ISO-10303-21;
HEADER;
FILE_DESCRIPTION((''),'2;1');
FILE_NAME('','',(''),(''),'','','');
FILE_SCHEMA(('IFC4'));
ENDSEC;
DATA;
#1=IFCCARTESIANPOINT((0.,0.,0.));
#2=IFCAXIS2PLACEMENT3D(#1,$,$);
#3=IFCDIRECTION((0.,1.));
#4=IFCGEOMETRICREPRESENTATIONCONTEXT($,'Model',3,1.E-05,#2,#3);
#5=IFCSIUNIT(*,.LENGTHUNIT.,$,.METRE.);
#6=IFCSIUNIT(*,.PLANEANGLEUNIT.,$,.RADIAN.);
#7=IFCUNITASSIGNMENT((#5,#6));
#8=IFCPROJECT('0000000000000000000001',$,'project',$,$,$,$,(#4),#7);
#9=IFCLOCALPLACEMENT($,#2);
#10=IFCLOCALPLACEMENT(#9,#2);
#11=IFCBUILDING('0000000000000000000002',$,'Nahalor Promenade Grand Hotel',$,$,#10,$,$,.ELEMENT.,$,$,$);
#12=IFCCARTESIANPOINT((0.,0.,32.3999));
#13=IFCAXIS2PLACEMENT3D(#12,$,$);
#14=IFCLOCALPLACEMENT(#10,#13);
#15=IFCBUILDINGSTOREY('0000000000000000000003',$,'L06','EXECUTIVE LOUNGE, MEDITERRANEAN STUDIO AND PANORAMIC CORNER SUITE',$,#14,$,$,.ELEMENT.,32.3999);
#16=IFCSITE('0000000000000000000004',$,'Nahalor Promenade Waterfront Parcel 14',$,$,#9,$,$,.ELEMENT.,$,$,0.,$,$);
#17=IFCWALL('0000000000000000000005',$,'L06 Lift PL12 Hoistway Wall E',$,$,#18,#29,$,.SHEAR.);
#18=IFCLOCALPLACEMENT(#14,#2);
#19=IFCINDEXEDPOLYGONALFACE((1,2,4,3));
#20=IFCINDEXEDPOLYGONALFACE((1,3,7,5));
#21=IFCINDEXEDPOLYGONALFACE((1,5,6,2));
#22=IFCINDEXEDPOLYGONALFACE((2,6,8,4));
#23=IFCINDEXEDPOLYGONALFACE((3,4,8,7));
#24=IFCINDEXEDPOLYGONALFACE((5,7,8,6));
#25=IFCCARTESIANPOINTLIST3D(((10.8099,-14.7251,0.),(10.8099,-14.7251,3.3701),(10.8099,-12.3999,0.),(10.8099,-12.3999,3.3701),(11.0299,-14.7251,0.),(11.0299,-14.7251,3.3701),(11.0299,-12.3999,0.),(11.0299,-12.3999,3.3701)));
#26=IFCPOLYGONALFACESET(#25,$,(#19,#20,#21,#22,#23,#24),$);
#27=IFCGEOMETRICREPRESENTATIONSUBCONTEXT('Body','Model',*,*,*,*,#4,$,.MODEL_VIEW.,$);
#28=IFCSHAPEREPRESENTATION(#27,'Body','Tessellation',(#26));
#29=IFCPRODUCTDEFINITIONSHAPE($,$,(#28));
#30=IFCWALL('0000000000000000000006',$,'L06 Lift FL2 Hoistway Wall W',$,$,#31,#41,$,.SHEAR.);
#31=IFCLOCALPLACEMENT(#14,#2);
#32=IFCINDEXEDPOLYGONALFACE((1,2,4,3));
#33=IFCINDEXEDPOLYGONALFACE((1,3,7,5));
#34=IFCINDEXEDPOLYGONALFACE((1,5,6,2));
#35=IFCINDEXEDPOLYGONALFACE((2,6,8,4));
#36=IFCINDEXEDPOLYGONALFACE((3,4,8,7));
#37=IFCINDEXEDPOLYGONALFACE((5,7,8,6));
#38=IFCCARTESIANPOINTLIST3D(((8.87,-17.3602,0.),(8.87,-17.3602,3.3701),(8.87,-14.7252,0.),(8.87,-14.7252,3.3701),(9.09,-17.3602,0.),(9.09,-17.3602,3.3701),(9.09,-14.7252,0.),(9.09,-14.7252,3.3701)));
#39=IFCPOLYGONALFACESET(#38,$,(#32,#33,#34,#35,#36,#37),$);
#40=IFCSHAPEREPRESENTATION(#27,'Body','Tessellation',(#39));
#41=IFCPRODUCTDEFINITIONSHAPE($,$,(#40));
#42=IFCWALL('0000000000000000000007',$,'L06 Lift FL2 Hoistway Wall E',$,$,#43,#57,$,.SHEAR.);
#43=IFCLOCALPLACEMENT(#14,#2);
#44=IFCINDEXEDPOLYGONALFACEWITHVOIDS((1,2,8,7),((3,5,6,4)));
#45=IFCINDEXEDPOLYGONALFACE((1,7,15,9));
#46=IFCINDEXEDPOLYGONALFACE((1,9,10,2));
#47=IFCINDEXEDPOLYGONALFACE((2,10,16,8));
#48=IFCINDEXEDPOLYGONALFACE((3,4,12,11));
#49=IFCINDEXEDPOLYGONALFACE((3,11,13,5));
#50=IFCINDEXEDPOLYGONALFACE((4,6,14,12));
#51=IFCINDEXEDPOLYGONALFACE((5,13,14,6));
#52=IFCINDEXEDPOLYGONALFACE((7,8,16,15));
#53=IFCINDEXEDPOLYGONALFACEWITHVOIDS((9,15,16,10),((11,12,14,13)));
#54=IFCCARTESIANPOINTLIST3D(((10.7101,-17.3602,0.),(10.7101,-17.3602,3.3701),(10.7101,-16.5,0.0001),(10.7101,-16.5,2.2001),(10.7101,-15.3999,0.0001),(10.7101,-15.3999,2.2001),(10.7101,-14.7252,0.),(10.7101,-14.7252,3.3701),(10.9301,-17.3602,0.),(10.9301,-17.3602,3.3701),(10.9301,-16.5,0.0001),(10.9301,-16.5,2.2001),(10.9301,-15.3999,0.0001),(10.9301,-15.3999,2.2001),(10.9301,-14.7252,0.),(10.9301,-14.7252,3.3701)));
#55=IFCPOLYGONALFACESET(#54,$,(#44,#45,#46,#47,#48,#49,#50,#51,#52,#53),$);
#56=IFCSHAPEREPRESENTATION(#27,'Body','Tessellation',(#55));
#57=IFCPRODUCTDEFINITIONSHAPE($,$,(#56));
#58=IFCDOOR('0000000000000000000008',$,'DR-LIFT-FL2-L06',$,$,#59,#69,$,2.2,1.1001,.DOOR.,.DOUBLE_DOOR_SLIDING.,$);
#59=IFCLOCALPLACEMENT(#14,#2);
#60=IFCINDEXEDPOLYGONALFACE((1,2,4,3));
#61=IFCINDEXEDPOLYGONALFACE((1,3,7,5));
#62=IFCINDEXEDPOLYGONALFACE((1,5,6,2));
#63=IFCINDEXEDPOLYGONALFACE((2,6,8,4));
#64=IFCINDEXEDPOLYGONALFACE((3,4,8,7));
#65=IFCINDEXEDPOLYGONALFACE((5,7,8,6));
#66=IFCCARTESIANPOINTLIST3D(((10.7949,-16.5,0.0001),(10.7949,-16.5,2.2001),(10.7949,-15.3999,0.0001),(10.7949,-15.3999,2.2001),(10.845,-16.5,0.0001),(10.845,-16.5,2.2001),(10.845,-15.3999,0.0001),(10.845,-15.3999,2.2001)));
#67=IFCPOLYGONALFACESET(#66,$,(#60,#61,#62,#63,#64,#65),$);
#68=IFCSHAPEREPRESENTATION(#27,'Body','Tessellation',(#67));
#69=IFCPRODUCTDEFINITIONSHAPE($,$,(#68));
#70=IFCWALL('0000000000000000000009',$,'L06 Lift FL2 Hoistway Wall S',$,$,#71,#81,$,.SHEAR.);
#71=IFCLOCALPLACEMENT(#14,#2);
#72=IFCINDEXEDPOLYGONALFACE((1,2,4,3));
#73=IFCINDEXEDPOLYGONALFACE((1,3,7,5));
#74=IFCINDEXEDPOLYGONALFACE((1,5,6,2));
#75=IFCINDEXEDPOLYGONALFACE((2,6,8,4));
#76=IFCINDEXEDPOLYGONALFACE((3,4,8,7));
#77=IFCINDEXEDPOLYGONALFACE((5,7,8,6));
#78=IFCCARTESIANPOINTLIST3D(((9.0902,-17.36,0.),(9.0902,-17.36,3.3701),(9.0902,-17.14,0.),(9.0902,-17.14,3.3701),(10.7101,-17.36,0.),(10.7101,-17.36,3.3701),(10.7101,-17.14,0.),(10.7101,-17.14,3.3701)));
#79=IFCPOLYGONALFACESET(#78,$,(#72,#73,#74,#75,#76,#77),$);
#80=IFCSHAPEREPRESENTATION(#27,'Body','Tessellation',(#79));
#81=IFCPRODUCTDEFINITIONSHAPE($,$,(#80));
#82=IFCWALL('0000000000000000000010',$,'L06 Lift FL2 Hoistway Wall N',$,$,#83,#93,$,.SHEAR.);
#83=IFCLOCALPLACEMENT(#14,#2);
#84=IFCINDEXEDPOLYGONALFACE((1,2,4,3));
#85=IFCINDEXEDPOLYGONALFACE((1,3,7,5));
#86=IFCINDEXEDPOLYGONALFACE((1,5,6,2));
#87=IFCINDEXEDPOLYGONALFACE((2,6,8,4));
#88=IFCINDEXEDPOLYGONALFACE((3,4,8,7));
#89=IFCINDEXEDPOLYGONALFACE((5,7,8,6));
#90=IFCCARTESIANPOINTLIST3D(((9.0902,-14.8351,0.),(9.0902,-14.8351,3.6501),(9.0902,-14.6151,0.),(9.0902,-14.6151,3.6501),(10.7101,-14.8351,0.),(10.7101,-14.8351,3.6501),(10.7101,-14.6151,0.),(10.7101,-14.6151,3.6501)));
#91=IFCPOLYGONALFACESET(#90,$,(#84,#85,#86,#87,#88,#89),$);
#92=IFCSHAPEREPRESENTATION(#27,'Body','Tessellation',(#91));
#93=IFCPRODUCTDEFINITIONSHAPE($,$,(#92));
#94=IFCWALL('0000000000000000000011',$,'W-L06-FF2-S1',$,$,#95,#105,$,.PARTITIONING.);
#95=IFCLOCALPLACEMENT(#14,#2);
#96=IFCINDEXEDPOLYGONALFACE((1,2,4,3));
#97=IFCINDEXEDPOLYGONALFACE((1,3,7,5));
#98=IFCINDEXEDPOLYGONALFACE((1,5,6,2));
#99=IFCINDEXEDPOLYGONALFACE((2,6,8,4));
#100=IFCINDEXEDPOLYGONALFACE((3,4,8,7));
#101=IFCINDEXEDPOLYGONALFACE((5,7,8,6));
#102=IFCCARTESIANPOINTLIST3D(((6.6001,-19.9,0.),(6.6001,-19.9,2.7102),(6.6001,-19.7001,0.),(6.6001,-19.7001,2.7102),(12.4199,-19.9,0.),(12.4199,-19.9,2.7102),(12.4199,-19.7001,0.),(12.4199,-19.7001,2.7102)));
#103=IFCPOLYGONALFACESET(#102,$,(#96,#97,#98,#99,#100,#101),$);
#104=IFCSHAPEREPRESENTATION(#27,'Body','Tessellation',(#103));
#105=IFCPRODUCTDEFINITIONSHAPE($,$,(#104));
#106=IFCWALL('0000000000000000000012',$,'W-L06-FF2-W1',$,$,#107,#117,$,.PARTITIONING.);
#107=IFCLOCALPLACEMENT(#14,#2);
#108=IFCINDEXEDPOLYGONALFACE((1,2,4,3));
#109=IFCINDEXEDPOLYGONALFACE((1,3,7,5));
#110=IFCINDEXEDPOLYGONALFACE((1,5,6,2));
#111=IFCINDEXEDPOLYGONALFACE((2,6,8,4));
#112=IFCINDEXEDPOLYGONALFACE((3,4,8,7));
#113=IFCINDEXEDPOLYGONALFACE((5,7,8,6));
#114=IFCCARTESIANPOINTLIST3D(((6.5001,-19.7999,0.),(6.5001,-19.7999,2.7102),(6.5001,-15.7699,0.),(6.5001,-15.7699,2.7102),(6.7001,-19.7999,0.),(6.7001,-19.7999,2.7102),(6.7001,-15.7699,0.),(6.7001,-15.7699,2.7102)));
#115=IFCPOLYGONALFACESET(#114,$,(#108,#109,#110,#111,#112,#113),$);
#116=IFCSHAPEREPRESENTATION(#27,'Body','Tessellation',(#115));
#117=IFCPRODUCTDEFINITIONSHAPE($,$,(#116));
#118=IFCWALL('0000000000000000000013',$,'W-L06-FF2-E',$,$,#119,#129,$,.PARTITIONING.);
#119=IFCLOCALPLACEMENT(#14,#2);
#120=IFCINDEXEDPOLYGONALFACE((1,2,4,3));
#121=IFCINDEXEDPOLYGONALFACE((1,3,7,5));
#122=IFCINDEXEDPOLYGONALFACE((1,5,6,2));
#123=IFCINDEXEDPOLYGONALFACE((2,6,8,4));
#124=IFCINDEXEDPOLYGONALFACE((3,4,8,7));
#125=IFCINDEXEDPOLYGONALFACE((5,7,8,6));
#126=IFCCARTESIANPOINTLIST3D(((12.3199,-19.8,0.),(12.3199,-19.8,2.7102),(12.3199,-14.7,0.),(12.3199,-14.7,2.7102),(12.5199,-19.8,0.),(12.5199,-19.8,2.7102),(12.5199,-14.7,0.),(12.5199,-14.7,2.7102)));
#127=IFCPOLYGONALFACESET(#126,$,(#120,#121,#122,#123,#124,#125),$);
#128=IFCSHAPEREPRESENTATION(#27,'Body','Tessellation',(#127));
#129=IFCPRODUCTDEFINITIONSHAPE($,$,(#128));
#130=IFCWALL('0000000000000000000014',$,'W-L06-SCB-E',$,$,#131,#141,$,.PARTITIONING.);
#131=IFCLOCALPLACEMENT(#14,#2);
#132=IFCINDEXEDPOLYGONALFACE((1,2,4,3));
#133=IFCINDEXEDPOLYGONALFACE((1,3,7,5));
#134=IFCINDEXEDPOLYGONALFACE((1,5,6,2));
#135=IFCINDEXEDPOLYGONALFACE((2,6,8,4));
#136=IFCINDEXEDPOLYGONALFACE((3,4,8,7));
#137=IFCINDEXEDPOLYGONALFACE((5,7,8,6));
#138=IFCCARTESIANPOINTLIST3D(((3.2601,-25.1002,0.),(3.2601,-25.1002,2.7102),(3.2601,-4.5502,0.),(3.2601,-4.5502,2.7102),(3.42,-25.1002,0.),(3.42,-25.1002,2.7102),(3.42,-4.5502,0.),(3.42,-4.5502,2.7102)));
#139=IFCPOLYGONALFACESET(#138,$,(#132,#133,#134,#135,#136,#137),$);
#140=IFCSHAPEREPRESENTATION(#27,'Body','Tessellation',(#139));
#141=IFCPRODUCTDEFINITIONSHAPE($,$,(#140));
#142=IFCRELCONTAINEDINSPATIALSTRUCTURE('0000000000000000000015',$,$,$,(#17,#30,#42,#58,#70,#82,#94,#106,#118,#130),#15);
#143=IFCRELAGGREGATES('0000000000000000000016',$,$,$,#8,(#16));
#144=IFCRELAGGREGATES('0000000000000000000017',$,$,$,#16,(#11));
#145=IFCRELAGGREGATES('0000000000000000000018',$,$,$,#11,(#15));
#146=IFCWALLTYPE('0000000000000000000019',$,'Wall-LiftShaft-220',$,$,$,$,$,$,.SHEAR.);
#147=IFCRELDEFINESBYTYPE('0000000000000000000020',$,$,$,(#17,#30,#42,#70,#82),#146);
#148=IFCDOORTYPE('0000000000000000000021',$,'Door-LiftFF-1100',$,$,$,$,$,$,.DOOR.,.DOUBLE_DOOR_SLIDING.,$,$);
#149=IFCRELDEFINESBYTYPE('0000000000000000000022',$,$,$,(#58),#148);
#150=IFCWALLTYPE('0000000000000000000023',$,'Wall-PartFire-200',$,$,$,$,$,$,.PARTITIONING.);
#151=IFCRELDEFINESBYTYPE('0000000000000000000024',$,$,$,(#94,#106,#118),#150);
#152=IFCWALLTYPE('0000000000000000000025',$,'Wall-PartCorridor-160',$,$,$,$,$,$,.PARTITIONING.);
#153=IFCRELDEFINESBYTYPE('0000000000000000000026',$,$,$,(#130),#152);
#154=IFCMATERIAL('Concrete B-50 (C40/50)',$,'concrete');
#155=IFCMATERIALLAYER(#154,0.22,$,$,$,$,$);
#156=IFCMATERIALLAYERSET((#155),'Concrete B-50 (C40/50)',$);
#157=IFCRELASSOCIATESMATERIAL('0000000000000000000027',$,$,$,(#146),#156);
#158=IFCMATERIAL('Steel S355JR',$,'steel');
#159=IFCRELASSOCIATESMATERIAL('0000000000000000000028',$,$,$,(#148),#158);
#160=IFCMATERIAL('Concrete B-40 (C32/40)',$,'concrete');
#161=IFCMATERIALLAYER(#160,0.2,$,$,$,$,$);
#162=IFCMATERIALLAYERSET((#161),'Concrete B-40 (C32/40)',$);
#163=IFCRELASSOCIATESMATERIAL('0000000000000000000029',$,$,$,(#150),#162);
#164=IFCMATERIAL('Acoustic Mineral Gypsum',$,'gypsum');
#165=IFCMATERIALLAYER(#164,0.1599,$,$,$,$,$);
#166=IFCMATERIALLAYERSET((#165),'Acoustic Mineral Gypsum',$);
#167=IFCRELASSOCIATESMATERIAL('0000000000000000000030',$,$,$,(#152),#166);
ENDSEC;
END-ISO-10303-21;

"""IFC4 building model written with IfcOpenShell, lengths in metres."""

from ifc_helpers import new_model, si_unit, direction, frame, frame_2d, origin, place, context, subcontext, project, spatial, rectangle, extrude, source, transform, mapped, material, layer, layer_set, type_object, element, fill, save


model = new_model("IFC4")

# Units and contexts
model_context = context("Model", 3, precision=1e-05, world=origin(), true_north=direction((0.0, 1.0)))
body_context = subcontext(model_context, "Body", "Model", "MODEL_VIEW")
ifc_project = project(units=[si_unit("LENGTHUNIT", "METRE"), si_unit("PLANEANGLEUNIT", "RADIAN")], contexts=[model_context])

# Site, building, storey
site_placement = place(None, origin())
site = spatial("IfcSite", under=ifc_project, at=site_placement, Name="Nahalor Promenade Waterfront Parcel 14", CompositionType="ELEMENT", RefElevation=0.0)
building_placement = place(site_placement, origin())
building = spatial("IfcBuilding", under=site, at=building_placement, Name="Nahalor Promenade Grand Hotel", CompositionType="ELEMENT")
storey_placement = place(building_placement, frame((0.0, 0.0, 32.3999)))
storey = spatial("IfcBuildingStorey", under=building, at=storey_placement, Name="L06", Description="EXECUTIVE LOUNGE, MEDITERRANEAN STUDIO AND PANORAMIC CORNER SUITE", CompositionType="ELEMENT", Elevation=32.3999)

# Shared definitions
ifc_material_1 = material(Name="Steel S355JR", Category="steel")

# Shared definitions
ifc_material_2 = material(Name="Concrete B-50 (C40/50)", Category="concrete")

# Walls
ifc_layer_1 = layer(ifc_material_2, 0.22)
ifc_layer_set_1 = layer_set([ifc_layer_1], Name="Concrete B-50 (C40/50)")
wall_type_1 = type_object("IfcWallType", Name="Wall-LiftShaft-220", PredefinedType="SHEAR", material=ifc_layer_set_1)
shared_shape_1 = source(origin(), body_context, "Body", "SweptSolid", [
    extrude(rectangle(XDim=2.3252, YDim=0.22, at=frame_2d((1.1626, 0.0))), origin(), (0.0, 0.0, 1.0), 3.3701),
])
for number, where, z_axis, x_axis, name in (
    (1, (10.9199, -14.7251, 0.0), (0.0, 0.0, 1.0), (0.0, 1.0, 0.0), "L06 Lift PL12 Hoistway Wall E"),
):
    element("IfcWall", number, at=place(storey_placement, frame(where, z_axis=z_axis, x_axis=x_axis)), inside=storey, type_object=wall_type_1, Name=name, PredefinedType="SHEAR", context=body_context, shape_type="MappedRepresentation", body=[
        mapped(shared_shape_1, transform((0.0, 0.0, 0.0), scale=1.0)),
    ])
shared_shape_2 = source(origin(), body_context, "Body", "SweptSolid", [
    extrude(rectangle(XDim=2.635, YDim=0.22, at=frame_2d((1.3174, 0.0))), origin(), (0.0, 0.0, 1.0), 3.3701),
])
wall_1_placement = place(storey_placement, frame((8.98, -17.3601, 0.0), z_axis=(0.0, 0.0, 1.0), x_axis=(0.0, 1.0, 0.0)))
element("IfcWall", 2, at=wall_1_placement, inside=storey, type_object=wall_type_1, Name="L06 Lift FL2 Hoistway Wall W", PredefinedType="SHEAR", context=body_context, shape_type="MappedRepresentation", body=[
    mapped(shared_shape_2, transform((0.0, 0.0, 0.0), scale=1.0)),
])

# Wall, opening, door
wall_2_placement = place(storey_placement, frame((10.8201, -17.3601, 0.0), z_axis=(0.0, 0.0, 1.0), x_axis=(0.0, 1.0, 0.0)))
wall_2 = element("IfcWall", 3, at=wall_2_placement, inside=storey, type_object=wall_type_1, Name="L06 Lift FL2 Hoistway Wall E", PredefinedType="SHEAR", context=body_context, shape_type="MappedRepresentation", body=[
    mapped(shared_shape_2, transform((0.0, 0.0, 0.0), scale=1.0)),
])
opening_1_placement = place(wall_2_placement, frame((0.8601, 0.0, 0.0)))
opening_1 = element("IfcOpeningElement", 4, at=opening_1_placement, cuts=wall_2, PredefinedType="OPENING", context=body_context, shape_type="SweptSolid", body=[
    extrude(rectangle(XDim=1.1001, YDim=2.2, at=frame_2d((0.55, 1.1001))), frame((0.0, 0.1199, 0.0), z_axis=(0.0, -1.0, 0.0), x_axis=(1.0, 0.0, 0.0)), (0.0, 0.0, 1.0), 0.24),
])
door_type_1 = type_object("IfcDoorType", Name="Door-LiftFF-1100", OperationType="DOUBLE_DOOR_SLIDING", PredefinedType="DOOR", material=ifc_material_1)
shared_shape_3 = source(origin(), body_context, "Body", "SweptSolid", [
    extrude(rectangle(XDim=1.1001, YDim=2.2, at=frame_2d((0.55, 1.1001))), frame((0.0, 0.0249, 0.0), z_axis=(0.0, -1.0, 0.0), x_axis=(1.0, 0.0, 0.0)), (0.0, 0.0, 1.0), 0.05),
])
door_1_placement = place(opening_1_placement, frame((1.1001, 0.0, 0.0), z_axis=(0.0, 0.0, 1.0), x_axis=(-1.0, 0.0, 0.0)))
door_1 = element("IfcDoor", 5, at=door_1_placement, inside=storey, type_object=door_type_1, Name="DR-LIFT-FL2-L06", OperationType="DOUBLE_DOOR_SLIDING", OverallHeight=2.2, OverallWidth=1.1001, PredefinedType="DOOR", context=body_context, shape_type="MappedRepresentation", body=[
    mapped(shared_shape_3, transform((0.0, 0.0, 0.0), scale=1.0)),
])
fill(opening_1, door_1)

# Walls
shared_shape_4 = source(origin(), body_context, "Body", "SweptSolid", [
    extrude(rectangle(XDim=1.6199, YDim=0.22, at=frame_2d((0.8101, 0.0))), origin(), (0.0, 0.0, 1.0), 3.3701),
])
wall_3_placement = place(storey_placement, frame((9.0901, -17.25, 0.0), z_axis=(0.0, 0.0, 1.0), x_axis=(1.0, 0.0, 0.0)))
element("IfcWall", 6, at=wall_3_placement, inside=storey, type_object=wall_type_1, Name="L06 Lift FL2 Hoistway Wall S", PredefinedType="SHEAR", context=body_context, shape_type="MappedRepresentation", body=[
    mapped(shared_shape_4, transform((0.0, 0.0, 0.0), scale=1.0)),
])
shared_shape_5 = source(origin(), body_context, "Body", "SweptSolid", [
    extrude(rectangle(XDim=1.6199, YDim=0.22, at=frame_2d((0.8101, 0.0))), origin(), (0.0, 0.0, 1.0), 3.6501),
])
wall_4_placement = place(storey_placement, frame((9.0901, -14.7251, 0.0), z_axis=(0.0, 0.0, 1.0), x_axis=(1.0, 0.0, 0.0)))
element("IfcWall", 7, at=wall_4_placement, inside=storey, type_object=wall_type_1, Name="L06 Lift FL2 Hoistway Wall N", PredefinedType="SHEAR", context=body_context, shape_type="MappedRepresentation", body=[
    mapped(shared_shape_5, transform((0.0, 0.0, 0.0), scale=1.0)),
])
ifc_material_3 = material(Name="Concrete B-40 (C32/40)", Category="concrete")
ifc_layer_2 = layer(ifc_material_3, 0.2)
ifc_layer_set_2 = layer_set([ifc_layer_2], Name="Concrete B-40 (C32/40)")
wall_type_2 = type_object("IfcWallType", Name="Wall-PartFire-200", PredefinedType="PARTITIONING", material=ifc_layer_set_2)
shared_shape_6 = source(origin(), body_context, "Body", "SweptSolid", [
    extrude(rectangle(XDim=5.8198, YDim=0.2, at=frame_2d((2.9099, 0.0))), origin(), (0.0, 0.0, 1.0), 2.7102),
])
wall_5_placement = place(storey_placement, frame((6.6001, -19.8, 0.0), z_axis=(0.0, 0.0, 1.0), x_axis=(1.0, 0.0, 0.0)))
element("IfcWall", 8, at=wall_5_placement, inside=storey, type_object=wall_type_2, Name="W-L06-FF2-S1", PredefinedType="PARTITIONING", context=body_context, shape_type="MappedRepresentation", body=[
    mapped(shared_shape_6, transform((0.0, 0.0, 0.0), scale=1.0)),
])
shared_shape_7 = source(origin(), body_context, "Body", "SweptSolid", [
    extrude(rectangle(XDim=4.03, YDim=0.2, at=frame_2d((2.0151, 0.0))), origin(), (0.0, 0.0, 1.0), 2.7102),
])
wall_6_placement = place(storey_placement, frame((6.6001, -19.8, 0.0), z_axis=(0.0, 0.0, 1.0), x_axis=(0.0, 1.0, 0.0)))
element("IfcWall", 9, at=wall_6_placement, inside=storey, type_object=wall_type_2, Name="W-L06-FF2-W1", PredefinedType="PARTITIONING", context=body_context, shape_type="MappedRepresentation", body=[
    mapped(shared_shape_7, transform((0.0, 0.0, 0.0), scale=1.0)),
])
shared_shape_8 = source(origin(), body_context, "Body", "SweptSolid", [
    extrude(rectangle(XDim=5.1001, YDim=0.2, at=frame_2d((2.55, 0.0))), origin(), (0.0, 0.0, 1.0), 2.7102),
])
wall_7_placement = place(storey_placement, frame((12.4199, -19.8, 0.0), z_axis=(0.0, 0.0, 1.0), x_axis=(0.0, 1.0, 0.0)))
element("IfcWall", 10, at=wall_7_placement, inside=storey, type_object=wall_type_2, Name="W-L06-FF2-E", PredefinedType="PARTITIONING", context=body_context, shape_type="MappedRepresentation", body=[
    mapped(shared_shape_8, transform((0.0, 0.0, 0.0), scale=1.0)),
])
ifc_material_4 = material(Name="Acoustic Mineral Gypsum", Category="gypsum")
ifc_layer_3 = layer(ifc_material_4, 0.1599)
ifc_layer_set_3 = layer_set([ifc_layer_3], Name="Acoustic Mineral Gypsum")
wall_type_3 = type_object("IfcWallType", Name="Wall-PartCorridor-160", PredefinedType="PARTITIONING", material=ifc_layer_set_3)
shared_shape_9 = source(origin(), body_context, "Body", "SweptSolid", [
    extrude(rectangle(XDim=20.55, YDim=0.1599, at=frame_2d((10.2749, 0.0))), origin(), (0.0, 0.0, 1.0), 2.7102),
])
wall_8_placement = place(storey_placement, frame((3.3401, -25.1001, 0.0), z_axis=(0.0, 0.0, 1.0), x_axis=(0.0, 1.0, 0.0)))
element("IfcWall", 11, at=wall_8_placement, inside=storey, type_object=wall_type_3, Name="W-L06-SCB-E", PredefinedType="PARTITIONING", context=body_context, shape_type="MappedRepresentation", body=[
    mapped(shared_shape_9, transform((0.0, 0.0, 0.0), scale=1.0)),
])

save(model, "model.ifc")
